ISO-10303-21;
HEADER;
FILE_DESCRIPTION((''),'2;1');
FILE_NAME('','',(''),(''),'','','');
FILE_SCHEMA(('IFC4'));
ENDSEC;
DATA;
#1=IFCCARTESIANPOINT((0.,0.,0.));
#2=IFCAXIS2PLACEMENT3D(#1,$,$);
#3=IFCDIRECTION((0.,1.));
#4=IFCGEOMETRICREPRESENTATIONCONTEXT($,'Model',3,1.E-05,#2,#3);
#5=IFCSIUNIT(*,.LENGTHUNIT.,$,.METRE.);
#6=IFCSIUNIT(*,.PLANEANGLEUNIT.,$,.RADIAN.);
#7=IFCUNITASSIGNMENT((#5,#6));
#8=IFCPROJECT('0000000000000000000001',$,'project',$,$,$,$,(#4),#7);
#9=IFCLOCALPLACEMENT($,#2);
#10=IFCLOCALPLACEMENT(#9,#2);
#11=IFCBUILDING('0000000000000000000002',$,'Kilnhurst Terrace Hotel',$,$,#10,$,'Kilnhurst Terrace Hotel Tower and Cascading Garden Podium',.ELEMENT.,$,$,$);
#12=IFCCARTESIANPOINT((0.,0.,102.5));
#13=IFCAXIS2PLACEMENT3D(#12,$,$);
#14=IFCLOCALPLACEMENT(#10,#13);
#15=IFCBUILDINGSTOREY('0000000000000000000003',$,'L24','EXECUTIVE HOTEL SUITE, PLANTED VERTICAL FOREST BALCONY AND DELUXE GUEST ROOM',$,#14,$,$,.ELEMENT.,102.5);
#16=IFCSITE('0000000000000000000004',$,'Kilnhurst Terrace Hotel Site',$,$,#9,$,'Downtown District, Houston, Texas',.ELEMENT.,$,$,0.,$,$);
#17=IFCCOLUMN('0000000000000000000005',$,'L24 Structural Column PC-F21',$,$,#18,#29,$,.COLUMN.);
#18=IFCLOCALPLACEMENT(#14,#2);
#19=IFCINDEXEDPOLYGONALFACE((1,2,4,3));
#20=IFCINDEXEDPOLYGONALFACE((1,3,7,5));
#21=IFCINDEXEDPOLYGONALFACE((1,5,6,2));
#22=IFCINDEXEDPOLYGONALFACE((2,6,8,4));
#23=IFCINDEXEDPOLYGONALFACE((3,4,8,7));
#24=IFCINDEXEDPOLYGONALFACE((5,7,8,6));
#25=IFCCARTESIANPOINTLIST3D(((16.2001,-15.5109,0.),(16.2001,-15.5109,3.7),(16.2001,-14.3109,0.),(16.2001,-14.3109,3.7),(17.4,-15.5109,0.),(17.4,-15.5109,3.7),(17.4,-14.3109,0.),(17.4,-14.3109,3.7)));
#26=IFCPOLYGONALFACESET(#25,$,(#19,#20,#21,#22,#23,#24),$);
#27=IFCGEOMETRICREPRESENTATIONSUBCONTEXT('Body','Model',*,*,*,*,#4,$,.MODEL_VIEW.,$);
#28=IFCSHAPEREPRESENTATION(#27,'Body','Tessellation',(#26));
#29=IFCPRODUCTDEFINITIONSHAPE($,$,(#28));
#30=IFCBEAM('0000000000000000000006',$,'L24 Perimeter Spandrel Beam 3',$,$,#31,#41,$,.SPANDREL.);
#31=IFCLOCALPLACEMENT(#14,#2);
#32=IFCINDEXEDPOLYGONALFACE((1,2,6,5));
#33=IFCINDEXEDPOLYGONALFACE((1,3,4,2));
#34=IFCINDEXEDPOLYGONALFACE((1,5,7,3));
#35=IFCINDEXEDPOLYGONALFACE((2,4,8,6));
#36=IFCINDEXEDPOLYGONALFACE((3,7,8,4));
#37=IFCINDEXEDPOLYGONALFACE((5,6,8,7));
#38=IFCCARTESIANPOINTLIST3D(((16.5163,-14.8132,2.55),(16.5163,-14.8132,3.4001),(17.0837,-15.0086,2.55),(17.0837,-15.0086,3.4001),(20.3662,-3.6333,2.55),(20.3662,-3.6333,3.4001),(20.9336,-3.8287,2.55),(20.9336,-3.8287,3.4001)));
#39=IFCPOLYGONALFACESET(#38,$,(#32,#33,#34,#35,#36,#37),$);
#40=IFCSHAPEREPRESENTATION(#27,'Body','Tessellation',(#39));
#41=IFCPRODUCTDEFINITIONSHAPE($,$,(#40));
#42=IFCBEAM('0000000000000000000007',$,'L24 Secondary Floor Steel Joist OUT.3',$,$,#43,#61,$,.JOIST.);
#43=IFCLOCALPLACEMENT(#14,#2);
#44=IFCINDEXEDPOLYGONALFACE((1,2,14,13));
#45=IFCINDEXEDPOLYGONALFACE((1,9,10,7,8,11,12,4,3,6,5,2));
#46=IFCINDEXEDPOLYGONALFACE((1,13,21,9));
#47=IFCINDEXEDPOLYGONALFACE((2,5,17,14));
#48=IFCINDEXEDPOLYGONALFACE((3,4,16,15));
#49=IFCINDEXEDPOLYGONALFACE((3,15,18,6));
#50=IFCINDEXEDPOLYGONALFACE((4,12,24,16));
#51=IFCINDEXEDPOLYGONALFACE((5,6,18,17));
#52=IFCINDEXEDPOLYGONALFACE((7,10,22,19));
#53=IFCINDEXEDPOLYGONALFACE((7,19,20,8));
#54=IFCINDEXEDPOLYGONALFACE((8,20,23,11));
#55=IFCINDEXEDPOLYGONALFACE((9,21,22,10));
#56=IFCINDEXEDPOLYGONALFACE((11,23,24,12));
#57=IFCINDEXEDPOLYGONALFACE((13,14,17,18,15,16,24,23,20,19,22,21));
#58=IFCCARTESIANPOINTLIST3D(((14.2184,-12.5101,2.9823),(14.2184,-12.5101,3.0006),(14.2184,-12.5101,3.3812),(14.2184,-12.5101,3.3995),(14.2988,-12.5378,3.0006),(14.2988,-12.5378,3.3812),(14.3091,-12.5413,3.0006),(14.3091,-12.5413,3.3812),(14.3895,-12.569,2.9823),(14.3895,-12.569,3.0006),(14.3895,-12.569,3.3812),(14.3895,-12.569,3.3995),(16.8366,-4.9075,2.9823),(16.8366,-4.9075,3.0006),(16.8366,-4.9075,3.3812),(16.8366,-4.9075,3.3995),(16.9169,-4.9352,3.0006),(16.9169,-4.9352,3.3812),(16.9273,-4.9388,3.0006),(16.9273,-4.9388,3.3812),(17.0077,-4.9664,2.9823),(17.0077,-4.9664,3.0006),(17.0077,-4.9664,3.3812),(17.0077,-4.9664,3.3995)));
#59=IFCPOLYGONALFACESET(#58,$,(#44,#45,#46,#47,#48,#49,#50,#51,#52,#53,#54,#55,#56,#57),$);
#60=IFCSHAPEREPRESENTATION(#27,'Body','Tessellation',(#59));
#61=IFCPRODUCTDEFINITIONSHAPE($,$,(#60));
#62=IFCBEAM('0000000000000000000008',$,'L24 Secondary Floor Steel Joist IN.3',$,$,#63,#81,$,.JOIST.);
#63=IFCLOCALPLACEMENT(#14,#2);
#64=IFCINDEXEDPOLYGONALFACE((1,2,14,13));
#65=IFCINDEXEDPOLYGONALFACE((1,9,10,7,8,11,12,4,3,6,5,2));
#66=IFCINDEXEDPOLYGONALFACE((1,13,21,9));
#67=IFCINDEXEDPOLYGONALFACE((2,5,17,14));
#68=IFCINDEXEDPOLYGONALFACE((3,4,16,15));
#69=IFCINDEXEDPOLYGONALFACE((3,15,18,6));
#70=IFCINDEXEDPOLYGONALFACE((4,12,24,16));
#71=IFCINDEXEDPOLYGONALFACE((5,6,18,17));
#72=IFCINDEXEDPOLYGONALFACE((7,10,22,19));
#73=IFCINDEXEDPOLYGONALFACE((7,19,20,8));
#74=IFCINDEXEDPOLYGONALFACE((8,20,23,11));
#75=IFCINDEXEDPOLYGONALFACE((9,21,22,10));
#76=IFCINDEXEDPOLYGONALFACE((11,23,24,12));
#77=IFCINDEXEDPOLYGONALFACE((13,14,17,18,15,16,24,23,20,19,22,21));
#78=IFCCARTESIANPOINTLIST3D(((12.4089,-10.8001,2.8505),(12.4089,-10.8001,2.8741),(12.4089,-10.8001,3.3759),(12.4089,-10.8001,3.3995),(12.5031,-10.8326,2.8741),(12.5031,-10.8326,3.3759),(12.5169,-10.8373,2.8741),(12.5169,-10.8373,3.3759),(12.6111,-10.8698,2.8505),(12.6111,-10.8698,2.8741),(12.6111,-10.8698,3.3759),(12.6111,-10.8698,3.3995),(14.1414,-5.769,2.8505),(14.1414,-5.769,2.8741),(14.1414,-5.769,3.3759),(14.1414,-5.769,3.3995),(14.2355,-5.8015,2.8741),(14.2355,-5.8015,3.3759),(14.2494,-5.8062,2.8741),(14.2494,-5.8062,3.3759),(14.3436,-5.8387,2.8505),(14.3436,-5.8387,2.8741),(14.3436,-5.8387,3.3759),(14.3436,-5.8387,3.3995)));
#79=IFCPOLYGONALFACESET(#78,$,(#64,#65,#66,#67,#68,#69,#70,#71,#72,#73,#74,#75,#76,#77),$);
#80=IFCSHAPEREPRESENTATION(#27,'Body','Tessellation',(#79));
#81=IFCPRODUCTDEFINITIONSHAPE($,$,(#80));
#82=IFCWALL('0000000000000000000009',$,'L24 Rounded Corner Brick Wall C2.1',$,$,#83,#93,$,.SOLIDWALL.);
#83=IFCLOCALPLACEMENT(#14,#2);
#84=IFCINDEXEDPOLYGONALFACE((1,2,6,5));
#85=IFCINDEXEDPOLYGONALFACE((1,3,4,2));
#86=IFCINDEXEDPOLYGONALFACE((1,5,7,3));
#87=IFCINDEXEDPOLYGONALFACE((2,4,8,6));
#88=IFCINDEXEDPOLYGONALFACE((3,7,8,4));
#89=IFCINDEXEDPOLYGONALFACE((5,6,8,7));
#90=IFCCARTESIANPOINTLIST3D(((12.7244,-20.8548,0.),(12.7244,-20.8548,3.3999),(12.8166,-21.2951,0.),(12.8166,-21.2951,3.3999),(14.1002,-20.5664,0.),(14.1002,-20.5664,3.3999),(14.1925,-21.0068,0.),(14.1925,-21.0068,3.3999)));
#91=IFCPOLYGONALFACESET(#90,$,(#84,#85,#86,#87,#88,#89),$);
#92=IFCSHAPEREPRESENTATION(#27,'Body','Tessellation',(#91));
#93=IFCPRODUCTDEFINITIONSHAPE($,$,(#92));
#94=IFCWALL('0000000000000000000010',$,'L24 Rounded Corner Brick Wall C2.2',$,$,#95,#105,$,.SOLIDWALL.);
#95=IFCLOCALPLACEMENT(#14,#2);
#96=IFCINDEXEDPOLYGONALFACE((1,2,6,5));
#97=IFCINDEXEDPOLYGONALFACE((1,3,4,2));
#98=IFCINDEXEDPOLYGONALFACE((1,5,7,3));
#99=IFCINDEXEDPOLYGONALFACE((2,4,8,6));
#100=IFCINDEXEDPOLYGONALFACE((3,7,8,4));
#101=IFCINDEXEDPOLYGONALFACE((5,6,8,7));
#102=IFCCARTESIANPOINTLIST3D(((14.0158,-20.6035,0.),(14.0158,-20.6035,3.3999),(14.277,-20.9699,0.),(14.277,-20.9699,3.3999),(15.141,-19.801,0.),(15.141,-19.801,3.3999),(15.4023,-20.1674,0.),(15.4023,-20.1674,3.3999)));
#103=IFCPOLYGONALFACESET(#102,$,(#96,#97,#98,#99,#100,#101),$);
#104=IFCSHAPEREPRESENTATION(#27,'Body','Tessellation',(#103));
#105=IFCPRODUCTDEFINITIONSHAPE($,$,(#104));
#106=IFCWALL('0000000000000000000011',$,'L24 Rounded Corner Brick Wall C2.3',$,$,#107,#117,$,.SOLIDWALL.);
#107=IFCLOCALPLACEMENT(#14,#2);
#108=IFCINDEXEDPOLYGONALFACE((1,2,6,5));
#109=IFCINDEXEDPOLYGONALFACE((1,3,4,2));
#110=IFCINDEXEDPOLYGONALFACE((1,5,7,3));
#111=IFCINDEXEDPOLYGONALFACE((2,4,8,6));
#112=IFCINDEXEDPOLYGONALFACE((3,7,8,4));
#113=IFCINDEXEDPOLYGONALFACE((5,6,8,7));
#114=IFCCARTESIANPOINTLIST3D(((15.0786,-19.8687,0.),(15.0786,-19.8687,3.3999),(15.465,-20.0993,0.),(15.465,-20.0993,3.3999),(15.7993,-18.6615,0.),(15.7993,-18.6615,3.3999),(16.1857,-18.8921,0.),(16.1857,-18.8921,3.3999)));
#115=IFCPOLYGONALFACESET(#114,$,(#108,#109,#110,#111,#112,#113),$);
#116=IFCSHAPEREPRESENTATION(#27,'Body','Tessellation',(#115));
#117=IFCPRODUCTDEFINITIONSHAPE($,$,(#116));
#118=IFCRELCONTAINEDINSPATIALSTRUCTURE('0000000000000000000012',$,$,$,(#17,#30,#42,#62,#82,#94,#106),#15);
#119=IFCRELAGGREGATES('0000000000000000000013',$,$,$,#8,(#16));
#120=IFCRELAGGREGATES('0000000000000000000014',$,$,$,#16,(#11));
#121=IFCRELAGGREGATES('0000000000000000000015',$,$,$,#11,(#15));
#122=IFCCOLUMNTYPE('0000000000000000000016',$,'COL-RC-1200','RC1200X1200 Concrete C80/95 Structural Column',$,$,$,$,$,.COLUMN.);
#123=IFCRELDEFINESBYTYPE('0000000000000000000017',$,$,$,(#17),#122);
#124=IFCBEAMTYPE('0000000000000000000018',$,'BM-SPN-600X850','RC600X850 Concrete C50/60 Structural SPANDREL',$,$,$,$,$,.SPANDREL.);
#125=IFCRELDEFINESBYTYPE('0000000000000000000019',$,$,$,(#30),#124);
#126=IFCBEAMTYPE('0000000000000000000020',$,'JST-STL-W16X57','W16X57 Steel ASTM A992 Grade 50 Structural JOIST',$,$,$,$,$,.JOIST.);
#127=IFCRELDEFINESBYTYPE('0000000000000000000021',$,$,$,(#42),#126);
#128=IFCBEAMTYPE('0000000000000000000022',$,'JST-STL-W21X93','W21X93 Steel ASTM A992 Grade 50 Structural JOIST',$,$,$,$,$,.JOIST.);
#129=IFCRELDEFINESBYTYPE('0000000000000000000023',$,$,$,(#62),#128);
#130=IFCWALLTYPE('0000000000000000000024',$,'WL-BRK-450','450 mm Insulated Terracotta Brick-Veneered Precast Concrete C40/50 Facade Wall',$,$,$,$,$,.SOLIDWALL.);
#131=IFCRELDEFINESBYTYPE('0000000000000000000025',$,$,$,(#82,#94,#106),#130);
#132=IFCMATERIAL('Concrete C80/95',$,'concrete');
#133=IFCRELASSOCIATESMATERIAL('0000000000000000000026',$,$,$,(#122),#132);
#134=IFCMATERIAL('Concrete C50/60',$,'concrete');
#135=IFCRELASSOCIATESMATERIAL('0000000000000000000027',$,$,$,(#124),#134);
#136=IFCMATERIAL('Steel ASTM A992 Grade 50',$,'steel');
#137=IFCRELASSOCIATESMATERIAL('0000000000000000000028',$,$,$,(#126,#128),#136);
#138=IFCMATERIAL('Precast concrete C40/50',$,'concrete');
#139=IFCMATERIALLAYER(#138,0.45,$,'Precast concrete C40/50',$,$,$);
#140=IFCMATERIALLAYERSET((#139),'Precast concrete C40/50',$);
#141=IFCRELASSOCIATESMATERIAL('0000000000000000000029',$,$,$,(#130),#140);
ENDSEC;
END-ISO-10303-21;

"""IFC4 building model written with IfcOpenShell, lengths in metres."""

from ifc_helpers import new_model, si_unit, direction, frame, frame_2d, origin, origin_2d, place, context, subcontext, project, spatial, rectangle, i_section, extrude, material, layer, layer_set, material_profile, profile_set, type_object, element, save


model = new_model("IFC4")

# Units and contexts
model_context = context("Model", 3, precision=1e-05, world=origin(), true_north=direction((0.0, 1.0)))
body_context = subcontext(model_context, "Body", "Model", "MODEL_VIEW")
ifc_project = project(units=[si_unit("LENGTHUNIT", "METRE"), si_unit("PLANEANGLEUNIT", "RADIAN")], contexts=[model_context])

# Site, building, storey
site_placement = place(None, origin())
site = spatial("IfcSite", under=ifc_project, at=site_placement, Name="Kilnhurst Terrace Hotel Site", LongName="Downtown District, Houston, Texas", CompositionType="ELEMENT", RefElevation=0.0)
building_placement = place(site_placement, origin())
building = spatial("IfcBuilding", under=site, at=building_placement, Name="Kilnhurst Terrace Hotel", LongName="Kilnhurst Terrace Hotel Tower and Cascading Garden Podium", CompositionType="ELEMENT")
storey_placement = place(building_placement, frame((0.0, 0.0, 102.5)))
storey = spatial("IfcBuildingStorey", under=building, at=storey_placement, Name="L24", Description="EXECUTIVE HOTEL SUITE, PLANTED VERTICAL FOREST BALCONY AND DELUXE GUEST ROOM", CompositionType="ELEMENT", Elevation=102.5)

# Column
ifc_material_1 = material(Name="Concrete C80/95", Category="concrete")
ifc_material_profile_1 = material_profile(ifc_material_1, rectangle(XDim=1.2, YDim=1.2, at=origin_2d()), Name="RC1200X1200")
ifc_profile_set_1 = profile_set([ifc_material_profile_1], Name="Concrete C80/95")
column_type = type_object("IfcColumnType", Name="COL-RC-1200", Description="RC1200X1200 Concrete C80/95 Structural Column", PredefinedType="COLUMN", material=ifc_profile_set_1)
column_placement = place(storey_placement, frame((16.8, -14.9109, 0.0), z_axis=(0.0, 0.0, 1.0), x_axis=(1.0, 0.0, 0.0)))
element("IfcColumn", 1, at=column_placement, inside=storey, type_object=column_type, Name="L24 Structural Column PC-F21", PredefinedType="COLUMN", context=body_context, shape_type="SweptSolid", body=[
    extrude(rectangle(XDim=1.2, YDim=1.2, at=origin_2d()), origin(), (0.0, 0.0, 1.0), 3.7),
])

# Beams
ifc_material_2 = material(Name="Concrete C50/60", Category="concrete")
ifc_material_profile_2 = material_profile(ifc_material_2, rectangle(XDim=0.6001, YDim=0.8501, at=origin_2d()), Name="RC600X850")
ifc_profile_set_2 = profile_set([ifc_material_profile_2], Name="Concrete C50/60")
beam_type_1 = type_object("IfcBeamType", Name="BM-SPN-600X850", Description="RC600X850 Concrete C50/60 Structural SPANDREL", PredefinedType="SPANDREL", material=ifc_profile_set_2)
beam_1_placement = place(storey_placement, frame((16.8, -14.9109, 2.9751), z_axis=(0.32559, 0.945511, 0.0), x_axis=(-0.945511, 0.32559, 0.0)))
element("IfcBeam", 2, at=beam_1_placement, inside=storey, type_object=beam_type_1, Name="L24 Perimeter Spandrel Beam 3", PredefinedType="SPANDREL", context=body_context, shape_type="SweptSolid", body=[
    extrude(rectangle(XDim=0.6001, YDim=0.8501, at=origin_2d()), origin(), (0.0, 0.0, 1.0), 11.8242),
])
ifc_material_3 = material(Name="Steel ASTM A992 Grade 50", Category="steel")
ifc_material_profile_3 = material_profile(ifc_material_3, i_section(OverallWidth=0.1809, OverallDepth=0.4172, WebThickness=0.011, FlangeThickness=0.0183, at=origin_2d()), Name="W16X57")
ifc_profile_set_3 = profile_set([ifc_material_profile_3], Name="Steel ASTM A992 Grade 50")
beam_type_2 = type_object("IfcBeamType", Name="JST-STL-W16X57", Description="W16X57 Steel ASTM A992 Grade 50 Structural JOIST", PredefinedType="JOIST", material=ifc_profile_set_3)
beam_2_placement = place(storey_placement, frame((14.304, -12.5396, 3.1909), z_axis=(0.325613, 0.945503, 0.0), x_axis=(-0.945503, 0.325613, 0.0)))
element("IfcBeam", 3, at=beam_2_placement, inside=storey, type_object=beam_type_2, Name="L24 Secondary Floor Steel Joist OUT.3", PredefinedType="JOIST", context=body_context, shape_type="SweptSolid", body=[
    extrude(i_section(OverallWidth=0.1809, OverallDepth=0.4172, WebThickness=0.011, FlangeThickness=0.0183, at=origin_2d()), origin(), (0.0, 0.0, 1.0), 8.0408),
])
ifc_material_profile_4 = material_profile(ifc_material_3, i_section(OverallWidth=0.2139, OverallDepth=0.5491, WebThickness=0.0146, FlangeThickness=0.0237, at=origin_2d()), Name="W21X93")
ifc_profile_set_4 = profile_set([ifc_material_profile_4], Name="Steel ASTM A992 Grade 50")
beam_type_3 = type_object("IfcBeamType", Name="JST-STL-W21X93", Description="W21X93 Steel ASTM A992 Grade 50 Structural JOIST", PredefinedType="JOIST", material=ifc_profile_set_4)
beam_3_placement = place(storey_placement, frame((12.51, -10.835, 3.125), z_axis=(0.325586, 0.945512, 0.0), x_axis=(-0.945512, 0.325586, 0.0)))
element("IfcBeam", 4, at=beam_3_placement, inside=storey, type_object=beam_type_3, Name="L24 Secondary Floor Steel Joist IN.3", PredefinedType="JOIST", context=body_context, shape_type="SweptSolid", body=[
    extrude(i_section(OverallWidth=0.2139, OverallDepth=0.5491, WebThickness=0.0146, FlangeThickness=0.0237, at=origin_2d()), origin(), (0.0, 0.0, 1.0), 5.321),
])

# Walls
ifc_material_4 = material(Name="Precast concrete C40/50", Category="concrete")
ifc_layer_1 = layer(ifc_material_4, 0.45, Name="Precast concrete C40/50")
ifc_layer_set_1 = layer_set([ifc_layer_1], Name="Precast concrete C40/50")
wall_type_1 = type_object("IfcWallType", Name="WL-BRK-450", Description="450 mm Insulated Terracotta Brick-Veneered Precast Concrete C40/50 Facade Wall", PredefinedType="SOLIDWALL", material=ifc_layer_set_1)
wall_1_placement = place(storey_placement, frame((12.7705, -21.075, 0.0), z_axis=(0.0, 0.0, 1.0), x_axis=(0.978743, 0.205091, 0.0)))
element("IfcWall", 5, at=wall_1_placement, inside=storey, type_object=wall_type_1, Name="L24 Rounded Corner Brick Wall C2.1", PredefinedType="SOLIDWALL", context=body_context, shape_type="SweptSolid", body=[
    extrude(rectangle(XDim=1.4058, YDim=0.45, at=frame_2d((0.7029, 0.0))), origin(), (0.0, 0.0, 1.0), 3.3999),
])
wall_2_placement = place(storey_placement, frame((14.1465, -20.7866, 0.0), z_axis=(0.0, 0.0, 1.0), x_axis=(0.814163, 0.580636, 0.0)))
element("IfcWall", 6, at=wall_2_placement, inside=storey, type_object=wall_type_1, Name="L24 Rounded Corner Brick Wall C2.2", PredefinedType="SOLIDWALL", context=body_context, shape_type="SweptSolid", body=[
    extrude(rectangle(XDim=1.3821, YDim=0.45, at=frame_2d((0.6909, 0.0))), origin(), (0.0, 0.0, 1.0), 3.3999),
])
wall_3_placement = place(storey_placement, frame((15.2717, -19.9841, 0.0), z_axis=(0.0, 0.0, 1.0), x_axis=(0.512579, 0.85864, 0.0)))
element("IfcWall", 7, at=wall_3_placement, inside=storey, type_object=wall_type_1, Name="L24 Rounded Corner Brick Wall C2.3", PredefinedType="SOLIDWALL", context=body_context, shape_type="SweptSolid", body=[
    extrude(rectangle(XDim=1.406, YDim=0.45, at=frame_2d((0.7031, 0.0))), origin(), (0.0, 0.0, 1.0), 3.3999),
])

save(model, "model.ifc")
